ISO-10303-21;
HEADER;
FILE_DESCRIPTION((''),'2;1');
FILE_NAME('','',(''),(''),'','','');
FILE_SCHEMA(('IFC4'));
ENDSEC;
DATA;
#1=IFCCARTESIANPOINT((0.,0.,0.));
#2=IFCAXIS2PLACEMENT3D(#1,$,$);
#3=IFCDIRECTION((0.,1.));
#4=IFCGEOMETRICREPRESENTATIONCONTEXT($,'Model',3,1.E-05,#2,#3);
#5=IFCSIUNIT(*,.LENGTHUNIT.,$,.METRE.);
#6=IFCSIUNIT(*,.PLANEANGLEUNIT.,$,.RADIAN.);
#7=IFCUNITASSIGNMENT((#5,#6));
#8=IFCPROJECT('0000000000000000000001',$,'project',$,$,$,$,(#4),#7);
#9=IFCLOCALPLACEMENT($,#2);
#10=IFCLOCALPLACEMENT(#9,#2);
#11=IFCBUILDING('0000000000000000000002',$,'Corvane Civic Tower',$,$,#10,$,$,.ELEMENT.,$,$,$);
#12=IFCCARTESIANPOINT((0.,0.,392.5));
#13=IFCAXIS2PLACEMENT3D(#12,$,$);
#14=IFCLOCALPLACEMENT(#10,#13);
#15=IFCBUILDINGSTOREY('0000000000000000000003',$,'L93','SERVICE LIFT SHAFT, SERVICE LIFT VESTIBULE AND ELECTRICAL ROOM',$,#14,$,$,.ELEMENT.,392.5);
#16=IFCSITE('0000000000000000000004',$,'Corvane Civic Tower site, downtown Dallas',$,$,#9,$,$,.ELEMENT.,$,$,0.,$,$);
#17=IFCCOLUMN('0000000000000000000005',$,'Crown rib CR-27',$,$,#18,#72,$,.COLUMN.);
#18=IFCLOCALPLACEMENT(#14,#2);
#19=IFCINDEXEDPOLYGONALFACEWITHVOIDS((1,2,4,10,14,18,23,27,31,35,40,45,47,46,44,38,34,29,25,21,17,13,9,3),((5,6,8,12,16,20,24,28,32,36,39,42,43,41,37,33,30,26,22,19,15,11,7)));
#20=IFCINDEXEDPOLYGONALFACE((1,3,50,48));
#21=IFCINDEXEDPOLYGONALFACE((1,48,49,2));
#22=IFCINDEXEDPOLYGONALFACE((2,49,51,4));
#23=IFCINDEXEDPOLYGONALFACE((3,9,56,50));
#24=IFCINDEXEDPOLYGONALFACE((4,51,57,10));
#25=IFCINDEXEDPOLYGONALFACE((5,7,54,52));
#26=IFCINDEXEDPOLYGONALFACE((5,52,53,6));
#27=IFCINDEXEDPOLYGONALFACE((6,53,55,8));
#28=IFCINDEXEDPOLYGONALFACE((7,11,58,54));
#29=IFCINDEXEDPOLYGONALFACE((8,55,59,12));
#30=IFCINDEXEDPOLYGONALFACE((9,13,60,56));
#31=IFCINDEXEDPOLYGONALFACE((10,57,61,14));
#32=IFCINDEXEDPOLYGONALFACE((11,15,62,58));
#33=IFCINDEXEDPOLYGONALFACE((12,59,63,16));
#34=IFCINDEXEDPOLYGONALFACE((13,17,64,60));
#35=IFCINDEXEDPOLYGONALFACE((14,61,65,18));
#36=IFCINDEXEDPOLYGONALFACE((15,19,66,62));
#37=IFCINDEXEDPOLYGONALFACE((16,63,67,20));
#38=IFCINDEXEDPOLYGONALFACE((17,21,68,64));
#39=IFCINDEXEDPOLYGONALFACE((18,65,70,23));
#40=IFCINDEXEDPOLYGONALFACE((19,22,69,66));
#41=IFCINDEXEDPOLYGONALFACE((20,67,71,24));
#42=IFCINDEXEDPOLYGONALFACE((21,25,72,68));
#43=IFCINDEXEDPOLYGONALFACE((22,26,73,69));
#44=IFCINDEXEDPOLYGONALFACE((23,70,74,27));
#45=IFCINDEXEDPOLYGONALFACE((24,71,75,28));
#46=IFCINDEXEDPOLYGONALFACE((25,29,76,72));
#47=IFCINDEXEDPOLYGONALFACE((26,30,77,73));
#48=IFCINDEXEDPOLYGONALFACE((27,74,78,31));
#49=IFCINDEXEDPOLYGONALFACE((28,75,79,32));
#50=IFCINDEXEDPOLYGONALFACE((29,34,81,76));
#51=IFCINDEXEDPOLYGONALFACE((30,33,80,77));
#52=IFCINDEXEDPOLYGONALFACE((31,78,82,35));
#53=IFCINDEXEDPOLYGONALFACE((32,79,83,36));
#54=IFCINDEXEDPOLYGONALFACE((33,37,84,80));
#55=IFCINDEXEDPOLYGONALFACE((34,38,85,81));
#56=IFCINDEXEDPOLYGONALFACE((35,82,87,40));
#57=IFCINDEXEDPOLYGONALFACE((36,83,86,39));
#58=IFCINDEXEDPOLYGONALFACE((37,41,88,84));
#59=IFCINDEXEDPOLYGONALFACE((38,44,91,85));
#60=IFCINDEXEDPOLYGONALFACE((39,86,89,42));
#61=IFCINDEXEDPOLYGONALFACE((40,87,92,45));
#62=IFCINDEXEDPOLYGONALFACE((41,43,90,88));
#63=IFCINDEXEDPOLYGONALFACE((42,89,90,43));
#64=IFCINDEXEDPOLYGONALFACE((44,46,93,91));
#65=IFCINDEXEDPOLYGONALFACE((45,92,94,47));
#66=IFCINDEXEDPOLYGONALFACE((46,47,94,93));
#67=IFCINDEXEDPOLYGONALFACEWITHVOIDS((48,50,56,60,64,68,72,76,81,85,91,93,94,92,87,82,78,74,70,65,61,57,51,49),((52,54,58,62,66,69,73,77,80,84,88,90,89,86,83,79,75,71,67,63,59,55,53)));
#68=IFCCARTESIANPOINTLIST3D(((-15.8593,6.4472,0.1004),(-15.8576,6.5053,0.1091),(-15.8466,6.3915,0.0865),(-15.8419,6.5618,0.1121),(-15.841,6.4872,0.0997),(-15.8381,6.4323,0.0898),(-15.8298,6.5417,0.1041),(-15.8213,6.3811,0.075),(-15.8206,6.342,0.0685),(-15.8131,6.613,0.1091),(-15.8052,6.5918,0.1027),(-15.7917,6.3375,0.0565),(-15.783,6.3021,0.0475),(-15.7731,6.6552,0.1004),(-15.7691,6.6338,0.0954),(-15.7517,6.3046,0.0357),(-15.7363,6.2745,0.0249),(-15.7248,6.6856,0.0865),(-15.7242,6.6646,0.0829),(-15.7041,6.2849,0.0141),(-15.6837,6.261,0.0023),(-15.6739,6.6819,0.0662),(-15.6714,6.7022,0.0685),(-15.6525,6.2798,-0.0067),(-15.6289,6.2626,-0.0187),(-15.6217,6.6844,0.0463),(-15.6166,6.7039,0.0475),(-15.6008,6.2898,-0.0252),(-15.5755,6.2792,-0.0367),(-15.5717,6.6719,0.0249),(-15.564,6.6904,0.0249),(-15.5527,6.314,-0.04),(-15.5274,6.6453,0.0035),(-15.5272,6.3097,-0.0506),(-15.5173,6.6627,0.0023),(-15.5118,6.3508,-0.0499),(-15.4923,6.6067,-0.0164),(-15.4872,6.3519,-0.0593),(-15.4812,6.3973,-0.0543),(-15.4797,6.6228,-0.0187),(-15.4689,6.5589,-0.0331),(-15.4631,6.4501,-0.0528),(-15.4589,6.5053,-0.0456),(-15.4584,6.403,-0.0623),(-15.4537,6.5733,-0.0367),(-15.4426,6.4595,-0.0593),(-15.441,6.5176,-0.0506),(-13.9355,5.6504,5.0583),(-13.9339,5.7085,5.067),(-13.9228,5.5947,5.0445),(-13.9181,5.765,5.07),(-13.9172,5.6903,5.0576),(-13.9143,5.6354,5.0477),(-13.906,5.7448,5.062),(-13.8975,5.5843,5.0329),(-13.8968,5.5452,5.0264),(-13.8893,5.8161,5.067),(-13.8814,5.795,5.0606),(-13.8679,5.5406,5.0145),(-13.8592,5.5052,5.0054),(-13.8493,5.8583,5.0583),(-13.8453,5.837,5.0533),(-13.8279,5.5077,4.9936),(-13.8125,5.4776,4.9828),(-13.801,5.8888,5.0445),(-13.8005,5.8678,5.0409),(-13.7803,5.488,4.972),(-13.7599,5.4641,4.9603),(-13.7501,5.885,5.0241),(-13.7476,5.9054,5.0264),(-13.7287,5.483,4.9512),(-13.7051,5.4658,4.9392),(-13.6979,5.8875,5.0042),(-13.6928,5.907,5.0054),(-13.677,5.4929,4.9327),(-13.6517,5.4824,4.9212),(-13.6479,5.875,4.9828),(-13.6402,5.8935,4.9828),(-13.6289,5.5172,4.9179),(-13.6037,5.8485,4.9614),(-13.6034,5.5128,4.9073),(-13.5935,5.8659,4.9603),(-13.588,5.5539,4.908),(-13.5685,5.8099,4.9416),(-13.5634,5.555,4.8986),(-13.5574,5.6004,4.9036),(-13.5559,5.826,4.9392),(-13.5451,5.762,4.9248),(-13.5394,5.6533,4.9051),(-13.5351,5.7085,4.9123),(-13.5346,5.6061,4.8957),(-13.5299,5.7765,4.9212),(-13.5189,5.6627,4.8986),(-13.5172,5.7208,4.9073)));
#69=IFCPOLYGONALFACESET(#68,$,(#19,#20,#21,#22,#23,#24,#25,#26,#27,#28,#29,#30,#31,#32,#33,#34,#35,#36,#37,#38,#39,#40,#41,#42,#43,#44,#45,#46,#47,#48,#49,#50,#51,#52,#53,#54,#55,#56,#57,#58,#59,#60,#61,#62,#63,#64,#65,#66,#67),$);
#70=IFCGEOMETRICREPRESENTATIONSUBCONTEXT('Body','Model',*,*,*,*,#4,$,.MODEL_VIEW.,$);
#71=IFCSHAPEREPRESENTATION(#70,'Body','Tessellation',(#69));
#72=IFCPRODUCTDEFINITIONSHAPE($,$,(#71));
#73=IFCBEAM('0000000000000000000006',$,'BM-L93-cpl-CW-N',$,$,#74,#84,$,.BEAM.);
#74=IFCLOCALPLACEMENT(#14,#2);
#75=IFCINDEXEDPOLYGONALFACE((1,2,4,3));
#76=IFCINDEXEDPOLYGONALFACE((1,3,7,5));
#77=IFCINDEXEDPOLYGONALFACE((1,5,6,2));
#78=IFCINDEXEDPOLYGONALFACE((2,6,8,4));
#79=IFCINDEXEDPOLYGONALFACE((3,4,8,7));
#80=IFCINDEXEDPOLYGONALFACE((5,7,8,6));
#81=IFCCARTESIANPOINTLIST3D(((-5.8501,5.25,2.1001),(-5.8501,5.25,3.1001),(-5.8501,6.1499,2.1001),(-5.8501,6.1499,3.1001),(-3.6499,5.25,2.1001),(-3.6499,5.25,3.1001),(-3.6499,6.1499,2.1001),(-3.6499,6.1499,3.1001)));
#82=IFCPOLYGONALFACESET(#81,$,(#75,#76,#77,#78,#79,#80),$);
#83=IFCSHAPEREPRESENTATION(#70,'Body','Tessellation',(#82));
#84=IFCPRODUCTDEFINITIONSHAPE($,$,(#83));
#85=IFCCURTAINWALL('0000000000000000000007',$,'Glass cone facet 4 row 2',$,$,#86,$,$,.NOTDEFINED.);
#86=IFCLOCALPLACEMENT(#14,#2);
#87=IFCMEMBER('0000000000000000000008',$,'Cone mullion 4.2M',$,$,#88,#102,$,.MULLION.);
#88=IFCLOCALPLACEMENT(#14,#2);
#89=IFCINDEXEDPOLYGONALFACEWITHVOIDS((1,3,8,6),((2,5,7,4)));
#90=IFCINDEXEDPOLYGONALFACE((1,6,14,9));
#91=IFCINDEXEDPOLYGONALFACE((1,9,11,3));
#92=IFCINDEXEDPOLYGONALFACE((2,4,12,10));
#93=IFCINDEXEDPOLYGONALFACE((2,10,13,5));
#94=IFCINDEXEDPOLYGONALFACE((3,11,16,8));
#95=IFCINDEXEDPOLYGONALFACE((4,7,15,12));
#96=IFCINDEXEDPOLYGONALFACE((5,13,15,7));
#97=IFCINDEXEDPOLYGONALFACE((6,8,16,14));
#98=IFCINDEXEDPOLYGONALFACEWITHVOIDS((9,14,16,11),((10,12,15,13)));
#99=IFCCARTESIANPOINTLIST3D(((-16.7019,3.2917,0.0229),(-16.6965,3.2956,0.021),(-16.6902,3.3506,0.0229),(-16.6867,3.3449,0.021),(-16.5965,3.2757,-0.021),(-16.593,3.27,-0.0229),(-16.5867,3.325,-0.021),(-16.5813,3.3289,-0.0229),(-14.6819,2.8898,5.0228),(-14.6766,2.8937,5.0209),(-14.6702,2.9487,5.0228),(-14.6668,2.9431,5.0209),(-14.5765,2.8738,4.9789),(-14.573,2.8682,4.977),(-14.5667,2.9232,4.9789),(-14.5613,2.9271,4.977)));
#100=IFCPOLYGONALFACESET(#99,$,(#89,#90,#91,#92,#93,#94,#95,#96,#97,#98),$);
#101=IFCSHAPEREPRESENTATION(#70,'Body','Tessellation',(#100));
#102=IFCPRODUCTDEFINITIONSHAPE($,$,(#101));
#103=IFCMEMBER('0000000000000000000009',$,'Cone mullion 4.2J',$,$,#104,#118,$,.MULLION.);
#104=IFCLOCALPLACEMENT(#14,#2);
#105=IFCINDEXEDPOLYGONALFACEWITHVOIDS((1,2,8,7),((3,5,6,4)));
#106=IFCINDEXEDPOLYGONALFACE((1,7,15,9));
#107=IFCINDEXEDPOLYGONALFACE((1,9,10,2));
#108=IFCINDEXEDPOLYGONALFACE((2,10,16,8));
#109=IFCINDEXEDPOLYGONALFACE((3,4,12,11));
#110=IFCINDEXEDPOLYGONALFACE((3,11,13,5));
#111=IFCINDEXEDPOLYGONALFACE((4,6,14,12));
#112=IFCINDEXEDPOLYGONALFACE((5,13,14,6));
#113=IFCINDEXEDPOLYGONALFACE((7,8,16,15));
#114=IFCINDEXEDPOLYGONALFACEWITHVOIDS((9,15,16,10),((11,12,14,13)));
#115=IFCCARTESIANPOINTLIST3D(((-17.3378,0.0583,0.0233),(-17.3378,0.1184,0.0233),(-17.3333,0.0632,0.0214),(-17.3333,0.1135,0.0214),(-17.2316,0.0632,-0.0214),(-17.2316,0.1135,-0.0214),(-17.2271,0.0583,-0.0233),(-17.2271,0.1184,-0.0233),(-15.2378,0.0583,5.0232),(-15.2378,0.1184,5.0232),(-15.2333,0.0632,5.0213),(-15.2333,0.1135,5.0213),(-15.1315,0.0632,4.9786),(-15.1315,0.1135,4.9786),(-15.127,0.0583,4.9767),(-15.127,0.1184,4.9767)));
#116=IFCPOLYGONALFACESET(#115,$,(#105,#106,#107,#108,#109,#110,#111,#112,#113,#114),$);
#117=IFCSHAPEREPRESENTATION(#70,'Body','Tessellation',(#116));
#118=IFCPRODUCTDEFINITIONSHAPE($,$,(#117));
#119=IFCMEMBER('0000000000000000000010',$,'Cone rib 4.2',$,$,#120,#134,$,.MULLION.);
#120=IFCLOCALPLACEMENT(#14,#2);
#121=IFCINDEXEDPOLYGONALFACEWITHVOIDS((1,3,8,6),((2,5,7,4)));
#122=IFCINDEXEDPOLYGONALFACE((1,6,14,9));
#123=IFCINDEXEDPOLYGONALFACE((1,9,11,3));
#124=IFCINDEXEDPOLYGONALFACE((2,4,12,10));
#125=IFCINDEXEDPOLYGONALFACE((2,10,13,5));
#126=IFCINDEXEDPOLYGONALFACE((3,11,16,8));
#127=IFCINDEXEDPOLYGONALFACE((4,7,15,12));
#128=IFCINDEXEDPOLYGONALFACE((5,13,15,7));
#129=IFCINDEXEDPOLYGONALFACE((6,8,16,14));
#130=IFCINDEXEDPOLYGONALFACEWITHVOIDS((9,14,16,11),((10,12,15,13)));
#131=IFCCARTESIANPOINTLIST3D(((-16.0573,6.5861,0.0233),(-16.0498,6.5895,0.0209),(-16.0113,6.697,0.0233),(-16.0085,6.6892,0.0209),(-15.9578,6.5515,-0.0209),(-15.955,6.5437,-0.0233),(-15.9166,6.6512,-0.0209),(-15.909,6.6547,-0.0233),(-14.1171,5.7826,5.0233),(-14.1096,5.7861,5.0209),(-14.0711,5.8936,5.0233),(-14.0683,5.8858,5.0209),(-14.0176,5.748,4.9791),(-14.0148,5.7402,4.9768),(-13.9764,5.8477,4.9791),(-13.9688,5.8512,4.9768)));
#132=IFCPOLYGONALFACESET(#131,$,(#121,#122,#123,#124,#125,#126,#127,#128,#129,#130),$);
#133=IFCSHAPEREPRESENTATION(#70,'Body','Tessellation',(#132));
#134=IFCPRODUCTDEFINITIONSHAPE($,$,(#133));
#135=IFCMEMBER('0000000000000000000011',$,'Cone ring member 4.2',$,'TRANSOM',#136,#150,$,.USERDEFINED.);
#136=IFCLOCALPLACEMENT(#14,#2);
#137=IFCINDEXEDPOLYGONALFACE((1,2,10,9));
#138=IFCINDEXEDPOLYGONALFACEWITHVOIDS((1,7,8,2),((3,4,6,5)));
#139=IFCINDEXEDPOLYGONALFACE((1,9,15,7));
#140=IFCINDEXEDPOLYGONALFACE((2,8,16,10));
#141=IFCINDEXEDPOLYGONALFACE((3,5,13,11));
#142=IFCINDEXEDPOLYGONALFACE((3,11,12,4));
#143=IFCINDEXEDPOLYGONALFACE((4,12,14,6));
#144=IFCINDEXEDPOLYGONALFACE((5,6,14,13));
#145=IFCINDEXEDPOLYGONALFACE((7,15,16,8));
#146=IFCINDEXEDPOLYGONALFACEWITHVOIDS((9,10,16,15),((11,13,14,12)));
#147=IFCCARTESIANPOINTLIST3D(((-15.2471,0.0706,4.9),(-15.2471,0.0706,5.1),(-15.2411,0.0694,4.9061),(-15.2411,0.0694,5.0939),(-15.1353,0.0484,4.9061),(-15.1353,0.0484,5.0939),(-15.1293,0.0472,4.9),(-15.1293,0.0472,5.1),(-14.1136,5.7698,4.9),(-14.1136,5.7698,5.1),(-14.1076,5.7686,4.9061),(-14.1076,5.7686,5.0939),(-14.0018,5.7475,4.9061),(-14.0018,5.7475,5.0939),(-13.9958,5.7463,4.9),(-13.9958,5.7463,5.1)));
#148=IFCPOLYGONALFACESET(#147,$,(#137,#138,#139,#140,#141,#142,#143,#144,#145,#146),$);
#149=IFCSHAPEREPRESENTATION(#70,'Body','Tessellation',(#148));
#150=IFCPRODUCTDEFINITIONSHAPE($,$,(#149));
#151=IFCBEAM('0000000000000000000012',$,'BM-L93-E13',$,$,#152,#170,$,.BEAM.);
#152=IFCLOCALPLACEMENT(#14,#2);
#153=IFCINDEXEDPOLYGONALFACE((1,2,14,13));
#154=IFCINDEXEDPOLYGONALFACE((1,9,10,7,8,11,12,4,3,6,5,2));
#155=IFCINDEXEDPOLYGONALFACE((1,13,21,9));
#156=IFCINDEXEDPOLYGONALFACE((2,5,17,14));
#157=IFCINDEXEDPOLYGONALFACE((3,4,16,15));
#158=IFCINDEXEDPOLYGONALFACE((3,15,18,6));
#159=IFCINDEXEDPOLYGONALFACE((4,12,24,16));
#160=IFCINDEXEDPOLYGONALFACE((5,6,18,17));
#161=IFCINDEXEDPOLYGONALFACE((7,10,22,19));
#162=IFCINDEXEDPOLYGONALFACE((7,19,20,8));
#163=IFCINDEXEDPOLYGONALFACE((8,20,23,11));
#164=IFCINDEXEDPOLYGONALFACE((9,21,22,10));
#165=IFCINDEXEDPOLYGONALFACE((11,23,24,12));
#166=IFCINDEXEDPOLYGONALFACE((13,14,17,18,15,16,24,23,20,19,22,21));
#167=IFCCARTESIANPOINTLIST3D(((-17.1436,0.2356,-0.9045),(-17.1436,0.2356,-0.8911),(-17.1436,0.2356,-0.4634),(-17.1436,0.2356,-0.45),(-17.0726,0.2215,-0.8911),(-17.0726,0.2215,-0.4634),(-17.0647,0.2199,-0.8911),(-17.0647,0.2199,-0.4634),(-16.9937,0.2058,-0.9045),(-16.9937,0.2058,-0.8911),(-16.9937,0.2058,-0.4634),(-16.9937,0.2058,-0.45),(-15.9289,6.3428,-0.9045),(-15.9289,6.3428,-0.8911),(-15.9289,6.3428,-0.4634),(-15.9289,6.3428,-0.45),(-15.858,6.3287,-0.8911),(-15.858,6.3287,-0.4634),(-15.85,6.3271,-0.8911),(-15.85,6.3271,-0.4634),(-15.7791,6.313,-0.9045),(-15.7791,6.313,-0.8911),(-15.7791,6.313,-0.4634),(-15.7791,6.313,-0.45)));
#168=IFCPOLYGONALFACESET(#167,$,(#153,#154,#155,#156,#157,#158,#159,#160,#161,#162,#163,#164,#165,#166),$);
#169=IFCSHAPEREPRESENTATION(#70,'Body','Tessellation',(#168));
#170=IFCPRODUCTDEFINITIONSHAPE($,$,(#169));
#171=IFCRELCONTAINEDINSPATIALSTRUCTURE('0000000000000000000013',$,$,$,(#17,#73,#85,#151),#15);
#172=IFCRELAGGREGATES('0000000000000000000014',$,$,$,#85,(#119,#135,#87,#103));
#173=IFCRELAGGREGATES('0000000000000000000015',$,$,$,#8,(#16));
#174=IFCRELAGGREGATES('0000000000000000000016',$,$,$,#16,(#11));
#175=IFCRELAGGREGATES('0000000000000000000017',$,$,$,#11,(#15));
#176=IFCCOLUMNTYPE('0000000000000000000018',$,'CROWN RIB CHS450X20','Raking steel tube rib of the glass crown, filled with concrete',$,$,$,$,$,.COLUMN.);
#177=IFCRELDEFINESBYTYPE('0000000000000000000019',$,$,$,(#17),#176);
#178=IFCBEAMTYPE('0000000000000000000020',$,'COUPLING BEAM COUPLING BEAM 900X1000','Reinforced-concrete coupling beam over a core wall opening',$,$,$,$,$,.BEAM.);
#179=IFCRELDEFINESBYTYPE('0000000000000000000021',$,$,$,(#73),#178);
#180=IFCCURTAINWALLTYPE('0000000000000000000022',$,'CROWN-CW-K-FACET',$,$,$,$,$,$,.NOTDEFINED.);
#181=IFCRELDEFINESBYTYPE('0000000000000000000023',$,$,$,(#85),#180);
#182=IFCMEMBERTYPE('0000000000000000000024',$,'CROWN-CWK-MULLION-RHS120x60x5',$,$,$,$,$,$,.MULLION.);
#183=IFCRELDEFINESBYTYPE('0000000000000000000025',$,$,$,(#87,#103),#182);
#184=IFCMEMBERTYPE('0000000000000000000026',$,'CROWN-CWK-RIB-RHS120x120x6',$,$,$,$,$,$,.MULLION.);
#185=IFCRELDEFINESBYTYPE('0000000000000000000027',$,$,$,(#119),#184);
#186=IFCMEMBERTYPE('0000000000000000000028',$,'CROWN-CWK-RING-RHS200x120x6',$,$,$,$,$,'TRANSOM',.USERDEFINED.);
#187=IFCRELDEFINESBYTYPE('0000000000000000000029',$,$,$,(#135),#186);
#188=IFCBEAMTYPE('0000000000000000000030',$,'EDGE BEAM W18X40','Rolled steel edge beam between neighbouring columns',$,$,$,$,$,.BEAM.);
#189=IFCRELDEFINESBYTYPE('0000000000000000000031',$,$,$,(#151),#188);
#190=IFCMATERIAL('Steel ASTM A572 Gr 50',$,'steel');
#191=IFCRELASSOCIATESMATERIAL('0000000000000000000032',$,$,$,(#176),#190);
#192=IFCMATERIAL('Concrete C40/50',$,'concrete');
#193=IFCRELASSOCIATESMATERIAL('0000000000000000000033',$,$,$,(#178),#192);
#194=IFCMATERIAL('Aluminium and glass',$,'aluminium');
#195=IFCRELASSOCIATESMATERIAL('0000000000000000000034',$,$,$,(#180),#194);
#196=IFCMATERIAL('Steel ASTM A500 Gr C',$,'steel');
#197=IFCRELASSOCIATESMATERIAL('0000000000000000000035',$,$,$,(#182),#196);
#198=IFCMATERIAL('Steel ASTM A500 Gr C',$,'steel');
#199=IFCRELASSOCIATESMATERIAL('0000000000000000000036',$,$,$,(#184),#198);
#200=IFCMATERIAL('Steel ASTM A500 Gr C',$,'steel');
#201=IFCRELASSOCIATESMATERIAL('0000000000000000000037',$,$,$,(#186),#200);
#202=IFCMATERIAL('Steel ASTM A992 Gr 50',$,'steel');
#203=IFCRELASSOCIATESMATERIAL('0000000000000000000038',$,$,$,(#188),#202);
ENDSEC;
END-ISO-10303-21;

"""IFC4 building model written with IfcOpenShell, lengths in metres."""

from ifc_helpers import new_model, si_unit, direction, frame, origin, origin_2d, place, context, subcontext, project, spatial, rectangle, hollow_rectangle, hollow_circle, i_section, extrude, material, material_profile, profile_set, type_object, element, aggregate, save


model = new_model("IFC4")

# Units and contexts
model_context = context("Model", 3, precision=1e-05, world=origin(), true_north=direction((0.0, 1.0)))
body_context = subcontext(model_context, "Body", "Model", "MODEL_VIEW")
ifc_project = project(units=[si_unit("LENGTHUNIT", "METRE"), si_unit("PLANEANGLEUNIT", "RADIAN")], contexts=[model_context])

# Site, building, storey
site_placement = place(None, origin())
site = spatial("IfcSite", under=ifc_project, at=site_placement, Name="Corvane Civic Tower site, downtown Dallas", CompositionType="ELEMENT", RefElevation=0.0)
building_placement = place(site_placement, origin())
building = spatial("IfcBuilding", under=site, at=building_placement, Name="Corvane Civic Tower", CompositionType="ELEMENT")
storey_placement = place(building_placement, frame((0.0, 0.0, 392.5)))
storey = spatial("IfcBuildingStorey", under=building, at=storey_placement, Name="L93", Description="SERVICE LIFT SHAFT, SERVICE LIFT VESTIBULE AND ELECTRICAL ROOM", CompositionType="ELEMENT", Elevation=392.5)

# Column
ifc_material_1 = material(Name="Steel ASTM A572 Gr 50", Category="steel")
ifc_material_profile_1 = material_profile(ifc_material_1, hollow_circle(Radius=0.2251, WallThickness=0.02, at=origin_2d()), Name="CHS450X20")
ifc_profile_set_1 = profile_set([ifc_material_profile_1], Name="Steel ASTM A572 Gr 50")
column_type = type_object("IfcColumnType", Name="CROWN RIB CHS450X20", Description="Raking steel tube rib of the glass crown, filled with concrete", PredefinedType="COLUMN", material=ifc_profile_set_1)
column_placement = place(storey_placement, frame((-15.6501, 6.4824, 0.0249), z_axis=(0.357752, -0.148186, 0.921984), x_axis=(0.382683, 0.92388, 0.0)))
element("IfcColumn", 1, at=column_placement, inside=storey, type_object=column_type, Name="Crown rib CR-27", PredefinedType="COLUMN", context=body_context, shape_type="SweptSolid", body=[
    extrude(hollow_circle(Radius=0.2251, WallThickness=0.02, at=origin_2d()), origin(), (0.0, 0.0, 1.0), 5.3774),
])

# Beam
ifc_material_2 = material(Name="Concrete C40/50", Category="concrete")
ifc_material_profile_2 = material_profile(ifc_material_2, rectangle(XDim=0.8999, YDim=1.0, at=origin_2d()), Name="COUPLING BEAM 900X1000")
ifc_profile_set_2 = profile_set([ifc_material_profile_2], Name="Concrete C40/50")
beam_type_1 = type_object("IfcBeamType", Name="COUPLING BEAM COUPLING BEAM 900X1000", Description="Reinforced-concrete coupling beam over a core wall opening", PredefinedType="BEAM", material=ifc_profile_set_2)
beam_1_placement = place(storey_placement, frame((-5.8501, 5.7, 2.6001), z_axis=(1.0, 0.0, 0.0), x_axis=(0.0, 1.0, 0.0)))
element("IfcBeam", 2, at=beam_1_placement, inside=storey, type_object=beam_type_1, Name="BM-L93-cpl-CW-N", PredefinedType="BEAM", context=body_context, shape_type="SweptSolid", body=[
    extrude(rectangle(XDim=0.8999, YDim=1.0, at=origin_2d()), origin(), (0.0, 0.0, 1.0), 2.2002),
])

# Curtain wall, members
ifc_material_3 = material(Name="Aluminium and glass", Category="aluminium")
curtain_wall_type = type_object("IfcCurtainWallType", Name="CROWN-CW-K-FACET", PredefinedType="NOTDEFINED", material=ifc_material_3)
curtain_wall_placement = place(storey_placement, origin())
curtain_wall = element("IfcCurtainWall", 3, at=curtain_wall_placement, inside=storey, type_object=curtain_wall_type, Name="Glass cone facet 4 row 2", PredefinedType="NOTDEFINED")
ifc_material_4 = material(Name="Steel ASTM A500 Gr C", Category="steel")
ifc_material_profile_3 = material_profile(ifc_material_4, hollow_rectangle(XDim=0.0601, YDim=0.1201, WallThickness=0.0049, at=origin_2d()), Name="RHS 120x60x5")
ifc_profile_set_3 = profile_set([ifc_material_profile_3], Name="Steel ASTM A500 Gr C")
member_type_1 = type_object("IfcMemberType", Name="CROWN-CWK-MULLION-RHS120x60x5", PredefinedType="MULLION", material=ifc_profile_set_3)
member_1_placement = place(storey_placement, frame((-16.6416, 3.3103, 0.0), z_axis=(0.373553, -0.074313, 0.924627), x_axis=(0.195113, 0.980781, 0.0)))
member_1 = element("IfcMember", 4, at=member_1_placement, type_object=member_type_1, Name="Cone mullion 4.2M", PredefinedType="MULLION", context=body_context, shape_type="SweptSolid", body=[
    extrude(hollow_rectangle(XDim=0.0601, YDim=0.1201, WallThickness=0.0049, at=origin_2d()), origin(), (0.0, 0.0, 1.0), 5.4075),
])
member_2_placement = place(storey_placement, frame((-17.2825, 0.0884, 0.0), z_axis=(0.387248, 0.0, 0.921976), x_axis=(0.0, 1.0, 0.0)))
member_2 = element("IfcMember", 5, at=member_2_placement, type_object=member_type_1, Name="Cone mullion 4.2J", PredefinedType="MULLION", context=body_context, shape_type="SweptSolid", body=[
    extrude(hollow_rectangle(XDim=0.0601, YDim=0.1201, WallThickness=0.0049, at=origin_2d()), origin(), (0.0, 0.0, 1.0), 5.4231),
])
ifc_material_5 = material(Name="Steel ASTM A500 Gr C", Category="steel")
ifc_material_profile_4 = material_profile(ifc_material_5, hollow_rectangle(XDim=0.1201, YDim=0.1201, WallThickness=0.0061, at=origin_2d()), Name="RHS 120x120x6")
ifc_profile_set_4 = profile_set([ifc_material_profile_4], Name="Steel ASTM A500 Gr C")
member_type_2 = type_object("IfcMemberType", Name="CROWN-CWK-RIB-RHS120x120x6", PredefinedType="MULLION", material=ifc_profile_set_4)
member_3_placement = place(storey_placement, frame((-15.9832, 6.6204, 0.0), z_axis=(0.357764, -0.148157, 0.921984), x_axis=(0.382608, 0.923911, 0.0)))
member_3 = element("IfcMember", 6, at=member_3_placement, type_object=member_type_2, Name="Cone rib 4.2", PredefinedType="MULLION", context=body_context, shape_type="SweptSolid", body=[
    extrude(hollow_rectangle(XDim=0.1201, YDim=0.1201, WallThickness=0.0061, at=origin_2d()), origin(), (0.0, 0.0, 1.0), 5.4231),
])
ifc_material_6 = material(Name="Steel ASTM A500 Gr C", Category="steel")
ifc_material_profile_5 = material_profile(ifc_material_6, hollow_rectangle(XDim=0.1201, YDim=0.2, WallThickness=0.0061, at=origin_2d()), Name="RHS 200x120x6")
ifc_profile_set_5 = profile_set([ifc_material_profile_5], Name="Steel ASTM A500 Gr C")
member_type_3 = type_object("IfcMemberType", Name="CROWN-CWK-RING-RHS200x120x6", ElementType="TRANSOM", PredefinedType="USERDEFINED", material=ifc_profile_set_5)
member_4_placement = place(storey_placement, frame((-14.0547, 5.7581, 5.0), z_axis=(-0.195074, -0.980789, 0.0), x_axis=(0.980789, -0.195074, 0.0)))
member_4 = element("IfcMember", 7, at=member_4_placement, type_object=member_type_3, Name="Cone ring member 4.2", ObjectType="TRANSOM", PredefinedType="USERDEFINED", context=body_context, shape_type="SweptSolid", body=[
    extrude(hollow_rectangle(XDim=0.1201, YDim=0.2, WallThickness=0.0061, at=origin_2d()), origin(), (0.0, 0.0, 1.0), 5.8108),
])
aggregate(curtain_wall, [member_3, member_4, member_1, member_2])

# Beam
ifc_material_7 = material(Name="Steel ASTM A992 Gr 50", Category="steel")
ifc_material_profile_6 = material_profile(ifc_material_7, i_section(OverallWidth=0.1528, OverallDepth=0.4546, WebThickness=0.0081, FlangeThickness=0.0134, at=origin_2d()), Name="W18X40")
ifc_profile_set_6 = profile_set([ifc_material_profile_6], Name="Steel ASTM A992 Gr 50")
beam_type_2 = type_object("IfcBeamType", Name="EDGE BEAM W18X40", Description="Rolled steel edge beam between neighbouring columns", PredefinedType="BEAM", material=ifc_profile_set_6)
beam_2_placement = place(storey_placement, frame((-17.0686, 0.2207, -0.6772), z_axis=(0.19506, 0.980791, 0.0), x_axis=(-0.980791, 0.19506, 0.0)))
element("IfcBeam", 8, at=beam_2_placement, inside=storey, type_object=beam_type_2, Name="BM-L93-E13", PredefinedType="BEAM", context=body_context, shape_type="SweptSolid", body=[
    extrude(i_section(OverallWidth=0.1528, OverallDepth=0.4546, WebThickness=0.0081, FlangeThickness=0.0134, at=origin_2d()), origin(), (0.0, 0.0, 1.0), 6.2268),
])

save(model, "model.ifc")
